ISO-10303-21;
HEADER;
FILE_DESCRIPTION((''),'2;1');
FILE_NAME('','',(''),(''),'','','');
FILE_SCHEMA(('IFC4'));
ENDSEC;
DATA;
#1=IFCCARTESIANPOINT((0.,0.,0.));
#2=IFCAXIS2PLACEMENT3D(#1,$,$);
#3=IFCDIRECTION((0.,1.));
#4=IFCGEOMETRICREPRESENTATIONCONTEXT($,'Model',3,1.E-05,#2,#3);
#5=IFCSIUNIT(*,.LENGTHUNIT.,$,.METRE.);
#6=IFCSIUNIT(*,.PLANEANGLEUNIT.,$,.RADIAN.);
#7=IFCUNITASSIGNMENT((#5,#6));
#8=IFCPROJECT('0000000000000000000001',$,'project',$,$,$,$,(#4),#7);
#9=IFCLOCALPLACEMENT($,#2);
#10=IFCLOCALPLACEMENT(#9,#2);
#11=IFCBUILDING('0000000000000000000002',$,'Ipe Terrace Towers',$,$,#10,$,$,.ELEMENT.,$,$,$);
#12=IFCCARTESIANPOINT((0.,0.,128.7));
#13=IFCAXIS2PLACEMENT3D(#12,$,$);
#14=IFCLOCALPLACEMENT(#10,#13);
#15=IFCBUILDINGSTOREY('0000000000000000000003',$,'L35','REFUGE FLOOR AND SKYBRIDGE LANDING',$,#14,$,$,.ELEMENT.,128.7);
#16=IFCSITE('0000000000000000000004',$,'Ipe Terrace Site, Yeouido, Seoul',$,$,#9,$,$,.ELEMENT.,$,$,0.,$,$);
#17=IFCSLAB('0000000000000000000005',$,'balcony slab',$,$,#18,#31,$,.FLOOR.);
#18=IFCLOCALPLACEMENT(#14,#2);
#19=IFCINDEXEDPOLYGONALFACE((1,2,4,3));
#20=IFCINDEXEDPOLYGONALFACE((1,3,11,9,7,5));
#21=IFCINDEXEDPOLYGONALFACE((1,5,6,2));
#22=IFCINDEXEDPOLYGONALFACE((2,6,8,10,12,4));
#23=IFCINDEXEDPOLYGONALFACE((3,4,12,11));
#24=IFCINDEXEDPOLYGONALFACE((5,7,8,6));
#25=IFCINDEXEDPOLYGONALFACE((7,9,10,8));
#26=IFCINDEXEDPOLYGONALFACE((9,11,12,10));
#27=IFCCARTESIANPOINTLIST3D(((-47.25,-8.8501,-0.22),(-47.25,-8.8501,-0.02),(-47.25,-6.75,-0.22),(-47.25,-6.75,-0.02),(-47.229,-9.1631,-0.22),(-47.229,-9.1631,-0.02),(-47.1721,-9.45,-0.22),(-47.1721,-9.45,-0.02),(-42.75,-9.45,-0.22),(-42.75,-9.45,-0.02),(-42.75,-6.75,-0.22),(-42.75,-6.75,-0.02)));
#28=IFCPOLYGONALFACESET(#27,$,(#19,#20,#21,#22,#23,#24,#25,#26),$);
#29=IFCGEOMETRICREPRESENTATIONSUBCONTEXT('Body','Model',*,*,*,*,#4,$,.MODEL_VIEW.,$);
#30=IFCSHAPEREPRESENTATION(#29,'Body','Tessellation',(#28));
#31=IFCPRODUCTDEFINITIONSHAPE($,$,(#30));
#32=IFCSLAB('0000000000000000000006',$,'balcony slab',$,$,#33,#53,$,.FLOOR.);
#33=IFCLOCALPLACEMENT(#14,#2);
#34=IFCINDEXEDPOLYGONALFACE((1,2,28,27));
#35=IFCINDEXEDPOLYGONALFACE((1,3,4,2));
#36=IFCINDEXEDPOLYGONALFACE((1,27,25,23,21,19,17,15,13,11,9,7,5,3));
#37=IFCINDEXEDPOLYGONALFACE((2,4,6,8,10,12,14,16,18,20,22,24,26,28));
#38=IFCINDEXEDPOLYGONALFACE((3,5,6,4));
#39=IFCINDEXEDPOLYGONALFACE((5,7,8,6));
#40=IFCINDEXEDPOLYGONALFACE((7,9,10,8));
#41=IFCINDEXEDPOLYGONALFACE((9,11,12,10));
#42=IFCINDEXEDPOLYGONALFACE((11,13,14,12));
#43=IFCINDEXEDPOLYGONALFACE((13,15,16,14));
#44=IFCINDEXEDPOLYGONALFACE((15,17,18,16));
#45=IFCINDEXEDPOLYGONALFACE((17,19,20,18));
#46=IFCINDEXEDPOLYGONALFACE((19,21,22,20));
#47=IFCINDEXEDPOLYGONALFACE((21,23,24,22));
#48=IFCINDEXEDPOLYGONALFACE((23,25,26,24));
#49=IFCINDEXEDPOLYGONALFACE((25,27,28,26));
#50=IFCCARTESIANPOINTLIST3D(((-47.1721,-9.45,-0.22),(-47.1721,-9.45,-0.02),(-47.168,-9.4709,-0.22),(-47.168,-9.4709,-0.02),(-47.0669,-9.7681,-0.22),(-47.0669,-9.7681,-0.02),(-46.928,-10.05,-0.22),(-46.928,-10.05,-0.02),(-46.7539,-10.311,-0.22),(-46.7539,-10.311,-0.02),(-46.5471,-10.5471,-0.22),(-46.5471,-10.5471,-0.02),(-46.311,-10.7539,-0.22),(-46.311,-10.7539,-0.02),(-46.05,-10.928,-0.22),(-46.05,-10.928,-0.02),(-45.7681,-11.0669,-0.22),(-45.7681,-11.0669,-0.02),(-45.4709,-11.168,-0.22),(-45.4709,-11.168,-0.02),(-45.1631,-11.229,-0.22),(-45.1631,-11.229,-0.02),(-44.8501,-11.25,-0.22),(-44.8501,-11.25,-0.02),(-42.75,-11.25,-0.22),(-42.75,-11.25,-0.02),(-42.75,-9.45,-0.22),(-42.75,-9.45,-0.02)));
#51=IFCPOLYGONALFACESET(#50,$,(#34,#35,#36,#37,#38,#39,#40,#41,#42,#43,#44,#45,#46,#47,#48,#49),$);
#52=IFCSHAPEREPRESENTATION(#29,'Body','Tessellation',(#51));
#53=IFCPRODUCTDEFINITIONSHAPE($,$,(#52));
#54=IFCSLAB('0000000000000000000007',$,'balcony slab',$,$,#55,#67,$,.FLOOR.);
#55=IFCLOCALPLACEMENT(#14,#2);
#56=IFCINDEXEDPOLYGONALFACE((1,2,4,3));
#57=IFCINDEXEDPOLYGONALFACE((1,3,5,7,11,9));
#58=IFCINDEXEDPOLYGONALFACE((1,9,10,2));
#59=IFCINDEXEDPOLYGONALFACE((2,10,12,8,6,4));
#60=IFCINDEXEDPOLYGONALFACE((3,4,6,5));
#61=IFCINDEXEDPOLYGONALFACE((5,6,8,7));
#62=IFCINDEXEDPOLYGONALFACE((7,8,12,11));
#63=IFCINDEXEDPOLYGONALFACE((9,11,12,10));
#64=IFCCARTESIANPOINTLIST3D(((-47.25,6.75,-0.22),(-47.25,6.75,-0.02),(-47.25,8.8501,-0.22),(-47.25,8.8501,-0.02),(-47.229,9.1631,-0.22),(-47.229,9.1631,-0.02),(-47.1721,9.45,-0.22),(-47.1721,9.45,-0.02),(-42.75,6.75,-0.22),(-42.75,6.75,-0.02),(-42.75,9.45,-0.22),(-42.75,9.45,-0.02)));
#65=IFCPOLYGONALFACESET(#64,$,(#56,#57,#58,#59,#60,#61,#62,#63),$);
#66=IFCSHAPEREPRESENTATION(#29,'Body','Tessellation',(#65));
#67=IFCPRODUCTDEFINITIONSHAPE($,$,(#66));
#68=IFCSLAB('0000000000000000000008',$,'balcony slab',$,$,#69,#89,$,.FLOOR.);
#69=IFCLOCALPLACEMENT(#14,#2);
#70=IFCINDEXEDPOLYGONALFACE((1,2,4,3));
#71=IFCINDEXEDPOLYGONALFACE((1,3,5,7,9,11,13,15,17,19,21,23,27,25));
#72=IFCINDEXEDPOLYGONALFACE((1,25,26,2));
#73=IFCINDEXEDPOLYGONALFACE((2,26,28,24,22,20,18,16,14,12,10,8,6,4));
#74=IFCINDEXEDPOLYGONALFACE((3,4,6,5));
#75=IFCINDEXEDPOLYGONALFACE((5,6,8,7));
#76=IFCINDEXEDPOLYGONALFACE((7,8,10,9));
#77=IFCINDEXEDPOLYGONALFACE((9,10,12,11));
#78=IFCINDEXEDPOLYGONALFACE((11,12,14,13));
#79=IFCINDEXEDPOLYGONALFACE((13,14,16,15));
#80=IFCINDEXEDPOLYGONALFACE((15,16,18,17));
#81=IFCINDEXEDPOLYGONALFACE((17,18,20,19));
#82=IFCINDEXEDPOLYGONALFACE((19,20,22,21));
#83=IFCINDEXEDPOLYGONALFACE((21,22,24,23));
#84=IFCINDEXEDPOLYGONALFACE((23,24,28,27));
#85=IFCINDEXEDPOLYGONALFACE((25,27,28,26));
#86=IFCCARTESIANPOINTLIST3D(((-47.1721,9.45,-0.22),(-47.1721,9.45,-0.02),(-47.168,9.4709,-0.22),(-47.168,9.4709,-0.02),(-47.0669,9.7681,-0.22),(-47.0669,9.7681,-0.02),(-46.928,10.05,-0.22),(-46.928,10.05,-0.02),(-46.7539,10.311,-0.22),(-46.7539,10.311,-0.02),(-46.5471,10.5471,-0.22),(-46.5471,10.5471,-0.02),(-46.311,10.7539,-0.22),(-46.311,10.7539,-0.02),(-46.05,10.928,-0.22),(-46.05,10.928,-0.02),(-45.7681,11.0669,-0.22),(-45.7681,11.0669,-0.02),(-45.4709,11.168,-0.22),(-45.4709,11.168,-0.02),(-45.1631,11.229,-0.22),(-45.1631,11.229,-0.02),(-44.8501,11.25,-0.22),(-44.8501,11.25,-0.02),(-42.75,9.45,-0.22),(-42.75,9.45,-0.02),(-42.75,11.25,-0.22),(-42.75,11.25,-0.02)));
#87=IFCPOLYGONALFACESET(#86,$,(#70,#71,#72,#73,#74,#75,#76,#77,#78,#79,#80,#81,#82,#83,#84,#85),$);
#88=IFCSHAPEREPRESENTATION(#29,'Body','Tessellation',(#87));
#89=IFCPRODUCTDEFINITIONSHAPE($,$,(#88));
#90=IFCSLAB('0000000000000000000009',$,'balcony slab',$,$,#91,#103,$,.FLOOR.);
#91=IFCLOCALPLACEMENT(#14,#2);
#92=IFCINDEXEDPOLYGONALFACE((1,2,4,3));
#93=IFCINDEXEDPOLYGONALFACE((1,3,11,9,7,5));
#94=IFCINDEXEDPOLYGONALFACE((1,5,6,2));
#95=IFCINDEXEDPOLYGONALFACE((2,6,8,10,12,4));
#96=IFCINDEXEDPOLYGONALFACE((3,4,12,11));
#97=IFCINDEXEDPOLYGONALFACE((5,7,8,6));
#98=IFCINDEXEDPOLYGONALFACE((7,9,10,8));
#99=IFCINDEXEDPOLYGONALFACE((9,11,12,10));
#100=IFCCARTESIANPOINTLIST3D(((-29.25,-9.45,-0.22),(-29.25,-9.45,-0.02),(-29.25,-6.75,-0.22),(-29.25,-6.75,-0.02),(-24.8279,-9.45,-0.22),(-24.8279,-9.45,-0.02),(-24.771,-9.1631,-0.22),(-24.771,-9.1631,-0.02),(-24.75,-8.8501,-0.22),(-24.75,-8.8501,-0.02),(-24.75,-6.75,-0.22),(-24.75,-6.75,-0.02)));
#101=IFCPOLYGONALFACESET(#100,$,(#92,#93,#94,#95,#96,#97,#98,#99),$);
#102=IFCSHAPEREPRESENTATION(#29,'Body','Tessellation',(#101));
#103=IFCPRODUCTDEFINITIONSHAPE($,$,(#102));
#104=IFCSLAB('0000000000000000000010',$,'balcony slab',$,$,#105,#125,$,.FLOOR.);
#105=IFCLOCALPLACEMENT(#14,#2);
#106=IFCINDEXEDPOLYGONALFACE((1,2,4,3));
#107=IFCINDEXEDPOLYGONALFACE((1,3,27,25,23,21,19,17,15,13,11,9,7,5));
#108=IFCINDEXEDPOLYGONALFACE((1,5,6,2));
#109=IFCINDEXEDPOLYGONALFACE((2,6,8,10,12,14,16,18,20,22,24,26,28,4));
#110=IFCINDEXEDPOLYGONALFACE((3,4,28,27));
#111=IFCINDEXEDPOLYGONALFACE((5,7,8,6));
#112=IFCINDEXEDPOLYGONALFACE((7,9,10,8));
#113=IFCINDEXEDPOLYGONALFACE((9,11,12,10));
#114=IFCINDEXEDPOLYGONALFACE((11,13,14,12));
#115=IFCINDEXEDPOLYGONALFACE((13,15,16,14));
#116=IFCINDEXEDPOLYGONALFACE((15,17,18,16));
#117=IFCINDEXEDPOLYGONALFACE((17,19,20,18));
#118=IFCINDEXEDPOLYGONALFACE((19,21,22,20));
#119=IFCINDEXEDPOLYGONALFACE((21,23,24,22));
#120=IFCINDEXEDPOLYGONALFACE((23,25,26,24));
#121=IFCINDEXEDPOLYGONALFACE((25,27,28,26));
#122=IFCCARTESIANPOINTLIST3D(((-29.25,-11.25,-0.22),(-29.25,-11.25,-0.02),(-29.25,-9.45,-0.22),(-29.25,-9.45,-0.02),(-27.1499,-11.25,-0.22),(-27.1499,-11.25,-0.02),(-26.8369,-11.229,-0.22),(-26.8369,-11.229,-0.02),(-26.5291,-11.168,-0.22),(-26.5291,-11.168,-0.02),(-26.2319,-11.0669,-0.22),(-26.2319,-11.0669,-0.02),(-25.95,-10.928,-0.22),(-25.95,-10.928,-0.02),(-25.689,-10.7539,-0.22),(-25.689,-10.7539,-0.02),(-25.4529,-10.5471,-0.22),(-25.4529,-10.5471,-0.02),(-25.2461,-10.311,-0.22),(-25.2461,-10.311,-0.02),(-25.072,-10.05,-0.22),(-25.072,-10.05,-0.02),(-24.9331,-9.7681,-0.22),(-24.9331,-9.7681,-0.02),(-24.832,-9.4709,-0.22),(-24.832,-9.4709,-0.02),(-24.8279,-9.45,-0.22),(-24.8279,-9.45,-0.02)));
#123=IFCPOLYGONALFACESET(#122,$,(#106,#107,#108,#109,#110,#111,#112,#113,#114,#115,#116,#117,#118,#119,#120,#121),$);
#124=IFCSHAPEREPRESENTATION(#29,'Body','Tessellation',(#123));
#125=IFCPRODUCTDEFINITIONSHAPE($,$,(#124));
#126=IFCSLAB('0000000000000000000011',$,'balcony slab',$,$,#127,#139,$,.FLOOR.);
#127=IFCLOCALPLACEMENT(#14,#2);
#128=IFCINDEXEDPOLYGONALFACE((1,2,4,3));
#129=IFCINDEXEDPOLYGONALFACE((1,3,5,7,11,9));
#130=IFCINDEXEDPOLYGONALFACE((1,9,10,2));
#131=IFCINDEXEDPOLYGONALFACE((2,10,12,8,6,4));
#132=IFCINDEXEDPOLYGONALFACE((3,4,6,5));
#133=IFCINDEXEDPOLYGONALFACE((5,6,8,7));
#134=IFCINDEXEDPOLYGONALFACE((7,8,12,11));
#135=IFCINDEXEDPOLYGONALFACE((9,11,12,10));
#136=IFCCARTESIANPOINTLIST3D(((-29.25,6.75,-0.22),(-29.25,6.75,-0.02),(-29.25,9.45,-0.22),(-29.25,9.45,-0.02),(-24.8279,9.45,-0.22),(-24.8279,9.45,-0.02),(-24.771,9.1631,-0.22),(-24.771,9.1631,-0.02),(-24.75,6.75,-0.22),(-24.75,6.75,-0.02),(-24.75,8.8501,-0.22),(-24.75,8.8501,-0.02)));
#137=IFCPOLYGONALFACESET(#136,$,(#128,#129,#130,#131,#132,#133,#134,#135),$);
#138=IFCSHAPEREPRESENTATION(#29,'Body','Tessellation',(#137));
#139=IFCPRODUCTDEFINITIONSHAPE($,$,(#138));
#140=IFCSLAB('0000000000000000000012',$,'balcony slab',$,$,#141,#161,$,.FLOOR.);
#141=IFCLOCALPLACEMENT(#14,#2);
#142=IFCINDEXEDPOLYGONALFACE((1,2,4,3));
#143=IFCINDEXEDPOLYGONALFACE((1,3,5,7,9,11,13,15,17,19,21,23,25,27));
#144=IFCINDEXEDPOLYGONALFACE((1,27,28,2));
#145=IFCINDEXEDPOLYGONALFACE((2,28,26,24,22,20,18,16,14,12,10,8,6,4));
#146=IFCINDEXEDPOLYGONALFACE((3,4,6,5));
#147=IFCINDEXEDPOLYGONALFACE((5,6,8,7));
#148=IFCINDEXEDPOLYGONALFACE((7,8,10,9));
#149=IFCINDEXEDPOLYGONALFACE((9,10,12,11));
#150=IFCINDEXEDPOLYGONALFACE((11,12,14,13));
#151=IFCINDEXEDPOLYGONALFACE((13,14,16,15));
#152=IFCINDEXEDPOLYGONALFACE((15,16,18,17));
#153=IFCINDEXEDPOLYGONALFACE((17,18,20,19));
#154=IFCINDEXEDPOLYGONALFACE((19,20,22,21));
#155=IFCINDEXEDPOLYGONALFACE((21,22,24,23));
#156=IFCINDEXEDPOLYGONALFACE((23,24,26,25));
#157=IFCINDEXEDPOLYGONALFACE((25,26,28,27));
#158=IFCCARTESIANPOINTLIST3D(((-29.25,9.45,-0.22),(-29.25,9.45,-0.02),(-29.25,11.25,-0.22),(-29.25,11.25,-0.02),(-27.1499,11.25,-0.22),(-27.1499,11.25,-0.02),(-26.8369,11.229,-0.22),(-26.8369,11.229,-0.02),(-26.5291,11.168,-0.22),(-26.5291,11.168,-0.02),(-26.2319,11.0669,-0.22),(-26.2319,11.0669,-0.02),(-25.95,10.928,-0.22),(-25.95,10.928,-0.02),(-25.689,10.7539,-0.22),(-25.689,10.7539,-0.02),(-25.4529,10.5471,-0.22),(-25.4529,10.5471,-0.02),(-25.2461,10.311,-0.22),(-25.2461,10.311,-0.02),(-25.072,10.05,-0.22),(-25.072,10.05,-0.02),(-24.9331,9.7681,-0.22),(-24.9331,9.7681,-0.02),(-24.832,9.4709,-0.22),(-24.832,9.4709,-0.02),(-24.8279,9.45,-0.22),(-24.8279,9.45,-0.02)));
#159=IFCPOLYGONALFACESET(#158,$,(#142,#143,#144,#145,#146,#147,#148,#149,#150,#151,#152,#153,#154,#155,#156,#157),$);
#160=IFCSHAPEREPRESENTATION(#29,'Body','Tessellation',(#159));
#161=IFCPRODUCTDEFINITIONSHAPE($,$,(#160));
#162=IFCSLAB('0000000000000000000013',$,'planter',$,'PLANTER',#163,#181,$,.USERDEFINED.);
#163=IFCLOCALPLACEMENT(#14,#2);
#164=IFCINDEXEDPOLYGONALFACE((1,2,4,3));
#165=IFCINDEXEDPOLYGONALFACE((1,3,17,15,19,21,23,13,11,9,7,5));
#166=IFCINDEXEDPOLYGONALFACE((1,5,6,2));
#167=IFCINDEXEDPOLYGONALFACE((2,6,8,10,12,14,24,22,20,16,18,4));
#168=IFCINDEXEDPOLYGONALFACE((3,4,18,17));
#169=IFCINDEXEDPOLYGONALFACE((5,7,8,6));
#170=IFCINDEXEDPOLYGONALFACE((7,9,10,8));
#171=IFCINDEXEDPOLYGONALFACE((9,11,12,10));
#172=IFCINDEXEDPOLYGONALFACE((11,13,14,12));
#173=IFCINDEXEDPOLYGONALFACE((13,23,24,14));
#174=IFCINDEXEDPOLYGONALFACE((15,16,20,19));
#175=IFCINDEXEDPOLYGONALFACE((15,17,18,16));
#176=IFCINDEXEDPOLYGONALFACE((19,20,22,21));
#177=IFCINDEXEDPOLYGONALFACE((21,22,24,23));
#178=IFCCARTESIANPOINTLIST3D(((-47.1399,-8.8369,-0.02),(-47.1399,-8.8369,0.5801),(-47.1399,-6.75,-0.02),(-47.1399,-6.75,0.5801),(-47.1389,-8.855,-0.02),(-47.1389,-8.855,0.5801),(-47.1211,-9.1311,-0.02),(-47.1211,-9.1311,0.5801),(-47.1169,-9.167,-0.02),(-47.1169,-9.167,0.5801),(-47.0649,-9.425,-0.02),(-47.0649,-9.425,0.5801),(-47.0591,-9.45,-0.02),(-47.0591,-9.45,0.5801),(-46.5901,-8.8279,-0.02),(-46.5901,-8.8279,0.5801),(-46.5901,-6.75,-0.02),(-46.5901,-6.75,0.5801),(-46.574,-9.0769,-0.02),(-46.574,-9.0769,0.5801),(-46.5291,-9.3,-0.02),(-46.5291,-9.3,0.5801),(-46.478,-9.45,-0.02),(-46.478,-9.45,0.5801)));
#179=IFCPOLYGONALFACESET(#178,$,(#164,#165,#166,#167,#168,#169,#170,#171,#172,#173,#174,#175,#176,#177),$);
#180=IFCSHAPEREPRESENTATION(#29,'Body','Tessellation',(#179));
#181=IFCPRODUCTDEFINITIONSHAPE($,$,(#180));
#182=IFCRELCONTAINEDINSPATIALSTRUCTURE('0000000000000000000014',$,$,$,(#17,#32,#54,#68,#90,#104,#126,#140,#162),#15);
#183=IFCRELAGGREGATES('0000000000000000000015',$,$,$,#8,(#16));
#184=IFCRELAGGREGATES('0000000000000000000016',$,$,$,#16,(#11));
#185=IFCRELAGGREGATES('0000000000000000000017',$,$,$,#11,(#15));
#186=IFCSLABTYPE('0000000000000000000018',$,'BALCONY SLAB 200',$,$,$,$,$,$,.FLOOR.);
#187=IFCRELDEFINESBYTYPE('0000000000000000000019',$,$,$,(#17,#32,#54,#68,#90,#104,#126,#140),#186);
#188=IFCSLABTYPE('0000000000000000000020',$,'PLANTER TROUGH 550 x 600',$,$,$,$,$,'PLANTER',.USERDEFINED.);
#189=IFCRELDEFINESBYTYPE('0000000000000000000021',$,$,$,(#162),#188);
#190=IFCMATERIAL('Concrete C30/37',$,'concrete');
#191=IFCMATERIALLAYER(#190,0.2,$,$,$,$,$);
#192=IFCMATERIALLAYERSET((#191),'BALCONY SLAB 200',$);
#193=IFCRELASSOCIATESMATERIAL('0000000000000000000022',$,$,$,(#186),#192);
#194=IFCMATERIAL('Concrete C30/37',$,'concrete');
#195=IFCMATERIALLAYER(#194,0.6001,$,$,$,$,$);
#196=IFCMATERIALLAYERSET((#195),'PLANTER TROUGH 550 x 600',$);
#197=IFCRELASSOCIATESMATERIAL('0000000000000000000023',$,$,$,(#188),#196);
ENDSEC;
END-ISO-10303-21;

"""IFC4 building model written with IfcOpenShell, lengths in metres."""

from ifc_helpers import new_model, si_unit, direction, frame, origin, place, context, subcontext, project, spatial, polyline, outline, extrude, material, layer, layer_set, type_object, element, save


model = new_model("IFC4")

# Units and contexts
model_context = context("Model", 3, precision=1e-05, world=origin(), true_north=direction((0.0, 1.0)))
body_context = subcontext(model_context, "Body", "Model", "MODEL_VIEW")
ifc_project = project(units=[si_unit("LENGTHUNIT", "METRE"), si_unit("PLANEANGLEUNIT", "RADIAN")], contexts=[model_context])

# Site, building, storey
site_placement = place(None, origin())
site = spatial("IfcSite", under=ifc_project, at=site_placement, Name="Ipe Terrace Site, Yeouido, Seoul", CompositionType="ELEMENT", RefElevation=0.0)
building_placement = place(site_placement, origin())
building = spatial("IfcBuilding", under=site, at=building_placement, Name="Ipe Terrace Towers", CompositionType="ELEMENT")
storey_placement = place(building_placement, frame((0.0, 0.0, 128.7)))
storey = spatial("IfcBuildingStorey", under=building, at=storey_placement, Name="L35", Description="REFUGE FLOOR AND SKYBRIDGE LANDING", CompositionType="ELEMENT", Elevation=128.7)

# Slabs
ifc_material_1 = material(Name="Concrete C30/37", Category="concrete")
ifc_layer_1 = layer(ifc_material_1, 0.2)
ifc_layer_set_1 = layer_set([ifc_layer_1], Name="BALCONY SLAB 200")
slab_type_1 = type_object("IfcSlabType", Name="BALCONY SLAB 200", PredefinedType="FLOOR", material=ifc_layer_set_1)
slab_1_placement = place(storey_placement, frame((0.0, 0.0, -0.22)))
element("IfcSlab", 1, at=slab_1_placement, inside=storey, type_object=slab_type_1, Name="balcony slab", PredefinedType="FLOOR", context=body_context, shape_type="SweptSolid", body=[
    extrude(outline(polyline([(-47.229, -9.1631), (-47.1721, -9.45), (-42.75, -9.45), (-42.75, -6.75), (-47.25, -6.75), (-47.25, -8.8501), (-47.229, -9.1631)])), origin(), (0.0, 0.0, 1.0), 0.2),
])
slab_2_placement = place(storey_placement, frame((0.0, 0.0, -0.22)))
element("IfcSlab", 2, at=slab_2_placement, inside=storey, type_object=slab_type_1, Name="balcony slab", PredefinedType="FLOOR", context=body_context, shape_type="SweptSolid", body=[
    extrude(outline(polyline([(-42.75, -11.25), (-42.75, -9.45), (-47.1721, -9.45), (-47.168, -9.4709), (-47.0669, -9.7681), (-46.928, -10.05), (-46.7539, -10.311), (-46.5471, -10.5471), (-46.311, -10.7539), (-46.05, -10.928), (-45.7681, -11.0669), (-45.4709, -11.168), (-45.1631, -11.229), (-44.8501, -11.25), (-42.75, -11.25)])), origin(), (0.0, 0.0, 1.0), 0.2),
])
slab_3_placement = place(storey_placement, frame((0.0, 0.0, -0.22)))
element("IfcSlab", 3, at=slab_3_placement, inside=storey, type_object=slab_type_1, Name="balcony slab", PredefinedType="FLOOR", context=body_context, shape_type="SweptSolid", body=[
    extrude(outline(polyline([(-47.229, 9.1631), (-47.25, 8.8501), (-47.25, 6.75), (-42.75, 6.75), (-42.75, 9.45), (-47.1721, 9.45), (-47.229, 9.1631)])), origin(), (0.0, 0.0, 1.0), 0.2),
])
slab_4_placement = place(storey_placement, frame((0.0, 0.0, -0.22)))
element("IfcSlab", 4, at=slab_4_placement, inside=storey, type_object=slab_type_1, Name="balcony slab", PredefinedType="FLOOR", context=body_context, shape_type="SweptSolid", body=[
    extrude(outline(polyline([(-42.75, 11.25), (-44.8501, 11.25), (-45.1631, 11.229), (-45.4709, 11.168), (-45.7681, 11.0669), (-46.05, 10.928), (-46.311, 10.7539), (-46.5471, 10.5471), (-46.7539, 10.311), (-46.928, 10.05), (-47.0669, 9.7681), (-47.168, 9.4709), (-47.1721, 9.45), (-42.75, 9.45), (-42.75, 11.25)])), origin(), (0.0, 0.0, 1.0), 0.2),
])
slab_5_placement = place(storey_placement, frame((0.0, 0.0, -0.22)))
element("IfcSlab", 5, at=slab_5_placement, inside=storey, type_object=slab_type_1, Name="balcony slab", PredefinedType="FLOOR", context=body_context, shape_type="SweptSolid", body=[
    extrude(outline(polyline([(-24.771, -9.1631), (-24.75, -8.8501), (-24.75, -6.75), (-29.25, -6.75), (-29.25, -9.45), (-24.8279, -9.45), (-24.771, -9.1631)])), origin(), (0.0, 0.0, 1.0), 0.2),
])
slab_6_placement = place(storey_placement, frame((0.0, 0.0, -0.22)))
element("IfcSlab", 6, at=slab_6_placement, inside=storey, type_object=slab_type_1, Name="balcony slab", PredefinedType="FLOOR", context=body_context, shape_type="SweptSolid", body=[
    extrude(outline(polyline([(-29.25, -11.25), (-27.1499, -11.25), (-26.8369, -11.229), (-26.5291, -11.168), (-26.2319, -11.0669), (-25.95, -10.928), (-25.689, -10.7539), (-25.4529, -10.5471), (-25.2461, -10.311), (-25.072, -10.05), (-24.9331, -9.7681), (-24.832, -9.4709), (-24.8279, -9.45), (-29.25, -9.45), (-29.25, -11.25)])), origin(), (0.0, 0.0, 1.0), 0.2),
])
slab_7_placement = place(storey_placement, frame((0.0, 0.0, -0.22)))
element("IfcSlab", 7, at=slab_7_placement, inside=storey, type_object=slab_type_1, Name="balcony slab", PredefinedType="FLOOR", context=body_context, shape_type="SweptSolid", body=[
    extrude(outline(polyline([(-24.771, 9.1631), (-24.8279, 9.45), (-29.25, 9.45), (-29.25, 6.75), (-24.75, 6.75), (-24.75, 8.8501), (-24.771, 9.1631)])), origin(), (0.0, 0.0, 1.0), 0.2),
])
slab_8_placement = place(storey_placement, frame((0.0, 0.0, -0.22)))
element("IfcSlab", 8, at=slab_8_placement, inside=storey, type_object=slab_type_1, Name="balcony slab", PredefinedType="FLOOR", context=body_context, shape_type="SweptSolid", body=[
    extrude(outline(polyline([(-29.25, 11.25), (-29.25, 9.45), (-24.8279, 9.45), (-24.832, 9.4709), (-24.9331, 9.7681), (-25.072, 10.05), (-25.2461, 10.311), (-25.4529, 10.5471), (-25.689, 10.7539), (-25.95, 10.928), (-26.2319, 11.0669), (-26.5291, 11.168), (-26.8369, 11.229), (-27.1499, 11.25), (-29.25, 11.25)])), origin(), (0.0, 0.0, 1.0), 0.2),
])
ifc_material_2 = material(Name="Concrete C30/37", Category="concrete")
ifc_layer_2 = layer(ifc_material_2, 0.6001)
ifc_layer_set_2 = layer_set([ifc_layer_2], Name="PLANTER TROUGH 550 x 600")
slab_type_2 = type_object("IfcSlabType", Name="PLANTER TROUGH 550 x 600", ElementType="PLANTER", PredefinedType="USERDEFINED", material=ifc_layer_set_2)
slab_9_placement = place(storey_placement, frame((0.0, 0.0, -0.02)))
element("IfcSlab", 9, at=slab_9_placement, inside=storey, type_object=slab_type_2, Name="planter", ObjectType="PLANTER", PredefinedType="USERDEFINED", context=body_context, shape_type="SweptSolid", body=[
    extrude(outline(polyline([(-46.5291, -9.3), (-46.574, -9.0769), (-46.5901, -8.8279), (-46.5901, -6.75), (-47.1399, -6.75), (-47.1399, -8.8369), (-47.1389, -8.855), (-47.1211, -9.1311), (-47.1169, -9.167), (-47.0649, -9.425), (-47.0591, -9.45), (-46.478, -9.45), (-46.5291, -9.3)])), origin(), (0.0, 0.0, 1.0), 0.6001),
])

save(model, "model.ifc")
